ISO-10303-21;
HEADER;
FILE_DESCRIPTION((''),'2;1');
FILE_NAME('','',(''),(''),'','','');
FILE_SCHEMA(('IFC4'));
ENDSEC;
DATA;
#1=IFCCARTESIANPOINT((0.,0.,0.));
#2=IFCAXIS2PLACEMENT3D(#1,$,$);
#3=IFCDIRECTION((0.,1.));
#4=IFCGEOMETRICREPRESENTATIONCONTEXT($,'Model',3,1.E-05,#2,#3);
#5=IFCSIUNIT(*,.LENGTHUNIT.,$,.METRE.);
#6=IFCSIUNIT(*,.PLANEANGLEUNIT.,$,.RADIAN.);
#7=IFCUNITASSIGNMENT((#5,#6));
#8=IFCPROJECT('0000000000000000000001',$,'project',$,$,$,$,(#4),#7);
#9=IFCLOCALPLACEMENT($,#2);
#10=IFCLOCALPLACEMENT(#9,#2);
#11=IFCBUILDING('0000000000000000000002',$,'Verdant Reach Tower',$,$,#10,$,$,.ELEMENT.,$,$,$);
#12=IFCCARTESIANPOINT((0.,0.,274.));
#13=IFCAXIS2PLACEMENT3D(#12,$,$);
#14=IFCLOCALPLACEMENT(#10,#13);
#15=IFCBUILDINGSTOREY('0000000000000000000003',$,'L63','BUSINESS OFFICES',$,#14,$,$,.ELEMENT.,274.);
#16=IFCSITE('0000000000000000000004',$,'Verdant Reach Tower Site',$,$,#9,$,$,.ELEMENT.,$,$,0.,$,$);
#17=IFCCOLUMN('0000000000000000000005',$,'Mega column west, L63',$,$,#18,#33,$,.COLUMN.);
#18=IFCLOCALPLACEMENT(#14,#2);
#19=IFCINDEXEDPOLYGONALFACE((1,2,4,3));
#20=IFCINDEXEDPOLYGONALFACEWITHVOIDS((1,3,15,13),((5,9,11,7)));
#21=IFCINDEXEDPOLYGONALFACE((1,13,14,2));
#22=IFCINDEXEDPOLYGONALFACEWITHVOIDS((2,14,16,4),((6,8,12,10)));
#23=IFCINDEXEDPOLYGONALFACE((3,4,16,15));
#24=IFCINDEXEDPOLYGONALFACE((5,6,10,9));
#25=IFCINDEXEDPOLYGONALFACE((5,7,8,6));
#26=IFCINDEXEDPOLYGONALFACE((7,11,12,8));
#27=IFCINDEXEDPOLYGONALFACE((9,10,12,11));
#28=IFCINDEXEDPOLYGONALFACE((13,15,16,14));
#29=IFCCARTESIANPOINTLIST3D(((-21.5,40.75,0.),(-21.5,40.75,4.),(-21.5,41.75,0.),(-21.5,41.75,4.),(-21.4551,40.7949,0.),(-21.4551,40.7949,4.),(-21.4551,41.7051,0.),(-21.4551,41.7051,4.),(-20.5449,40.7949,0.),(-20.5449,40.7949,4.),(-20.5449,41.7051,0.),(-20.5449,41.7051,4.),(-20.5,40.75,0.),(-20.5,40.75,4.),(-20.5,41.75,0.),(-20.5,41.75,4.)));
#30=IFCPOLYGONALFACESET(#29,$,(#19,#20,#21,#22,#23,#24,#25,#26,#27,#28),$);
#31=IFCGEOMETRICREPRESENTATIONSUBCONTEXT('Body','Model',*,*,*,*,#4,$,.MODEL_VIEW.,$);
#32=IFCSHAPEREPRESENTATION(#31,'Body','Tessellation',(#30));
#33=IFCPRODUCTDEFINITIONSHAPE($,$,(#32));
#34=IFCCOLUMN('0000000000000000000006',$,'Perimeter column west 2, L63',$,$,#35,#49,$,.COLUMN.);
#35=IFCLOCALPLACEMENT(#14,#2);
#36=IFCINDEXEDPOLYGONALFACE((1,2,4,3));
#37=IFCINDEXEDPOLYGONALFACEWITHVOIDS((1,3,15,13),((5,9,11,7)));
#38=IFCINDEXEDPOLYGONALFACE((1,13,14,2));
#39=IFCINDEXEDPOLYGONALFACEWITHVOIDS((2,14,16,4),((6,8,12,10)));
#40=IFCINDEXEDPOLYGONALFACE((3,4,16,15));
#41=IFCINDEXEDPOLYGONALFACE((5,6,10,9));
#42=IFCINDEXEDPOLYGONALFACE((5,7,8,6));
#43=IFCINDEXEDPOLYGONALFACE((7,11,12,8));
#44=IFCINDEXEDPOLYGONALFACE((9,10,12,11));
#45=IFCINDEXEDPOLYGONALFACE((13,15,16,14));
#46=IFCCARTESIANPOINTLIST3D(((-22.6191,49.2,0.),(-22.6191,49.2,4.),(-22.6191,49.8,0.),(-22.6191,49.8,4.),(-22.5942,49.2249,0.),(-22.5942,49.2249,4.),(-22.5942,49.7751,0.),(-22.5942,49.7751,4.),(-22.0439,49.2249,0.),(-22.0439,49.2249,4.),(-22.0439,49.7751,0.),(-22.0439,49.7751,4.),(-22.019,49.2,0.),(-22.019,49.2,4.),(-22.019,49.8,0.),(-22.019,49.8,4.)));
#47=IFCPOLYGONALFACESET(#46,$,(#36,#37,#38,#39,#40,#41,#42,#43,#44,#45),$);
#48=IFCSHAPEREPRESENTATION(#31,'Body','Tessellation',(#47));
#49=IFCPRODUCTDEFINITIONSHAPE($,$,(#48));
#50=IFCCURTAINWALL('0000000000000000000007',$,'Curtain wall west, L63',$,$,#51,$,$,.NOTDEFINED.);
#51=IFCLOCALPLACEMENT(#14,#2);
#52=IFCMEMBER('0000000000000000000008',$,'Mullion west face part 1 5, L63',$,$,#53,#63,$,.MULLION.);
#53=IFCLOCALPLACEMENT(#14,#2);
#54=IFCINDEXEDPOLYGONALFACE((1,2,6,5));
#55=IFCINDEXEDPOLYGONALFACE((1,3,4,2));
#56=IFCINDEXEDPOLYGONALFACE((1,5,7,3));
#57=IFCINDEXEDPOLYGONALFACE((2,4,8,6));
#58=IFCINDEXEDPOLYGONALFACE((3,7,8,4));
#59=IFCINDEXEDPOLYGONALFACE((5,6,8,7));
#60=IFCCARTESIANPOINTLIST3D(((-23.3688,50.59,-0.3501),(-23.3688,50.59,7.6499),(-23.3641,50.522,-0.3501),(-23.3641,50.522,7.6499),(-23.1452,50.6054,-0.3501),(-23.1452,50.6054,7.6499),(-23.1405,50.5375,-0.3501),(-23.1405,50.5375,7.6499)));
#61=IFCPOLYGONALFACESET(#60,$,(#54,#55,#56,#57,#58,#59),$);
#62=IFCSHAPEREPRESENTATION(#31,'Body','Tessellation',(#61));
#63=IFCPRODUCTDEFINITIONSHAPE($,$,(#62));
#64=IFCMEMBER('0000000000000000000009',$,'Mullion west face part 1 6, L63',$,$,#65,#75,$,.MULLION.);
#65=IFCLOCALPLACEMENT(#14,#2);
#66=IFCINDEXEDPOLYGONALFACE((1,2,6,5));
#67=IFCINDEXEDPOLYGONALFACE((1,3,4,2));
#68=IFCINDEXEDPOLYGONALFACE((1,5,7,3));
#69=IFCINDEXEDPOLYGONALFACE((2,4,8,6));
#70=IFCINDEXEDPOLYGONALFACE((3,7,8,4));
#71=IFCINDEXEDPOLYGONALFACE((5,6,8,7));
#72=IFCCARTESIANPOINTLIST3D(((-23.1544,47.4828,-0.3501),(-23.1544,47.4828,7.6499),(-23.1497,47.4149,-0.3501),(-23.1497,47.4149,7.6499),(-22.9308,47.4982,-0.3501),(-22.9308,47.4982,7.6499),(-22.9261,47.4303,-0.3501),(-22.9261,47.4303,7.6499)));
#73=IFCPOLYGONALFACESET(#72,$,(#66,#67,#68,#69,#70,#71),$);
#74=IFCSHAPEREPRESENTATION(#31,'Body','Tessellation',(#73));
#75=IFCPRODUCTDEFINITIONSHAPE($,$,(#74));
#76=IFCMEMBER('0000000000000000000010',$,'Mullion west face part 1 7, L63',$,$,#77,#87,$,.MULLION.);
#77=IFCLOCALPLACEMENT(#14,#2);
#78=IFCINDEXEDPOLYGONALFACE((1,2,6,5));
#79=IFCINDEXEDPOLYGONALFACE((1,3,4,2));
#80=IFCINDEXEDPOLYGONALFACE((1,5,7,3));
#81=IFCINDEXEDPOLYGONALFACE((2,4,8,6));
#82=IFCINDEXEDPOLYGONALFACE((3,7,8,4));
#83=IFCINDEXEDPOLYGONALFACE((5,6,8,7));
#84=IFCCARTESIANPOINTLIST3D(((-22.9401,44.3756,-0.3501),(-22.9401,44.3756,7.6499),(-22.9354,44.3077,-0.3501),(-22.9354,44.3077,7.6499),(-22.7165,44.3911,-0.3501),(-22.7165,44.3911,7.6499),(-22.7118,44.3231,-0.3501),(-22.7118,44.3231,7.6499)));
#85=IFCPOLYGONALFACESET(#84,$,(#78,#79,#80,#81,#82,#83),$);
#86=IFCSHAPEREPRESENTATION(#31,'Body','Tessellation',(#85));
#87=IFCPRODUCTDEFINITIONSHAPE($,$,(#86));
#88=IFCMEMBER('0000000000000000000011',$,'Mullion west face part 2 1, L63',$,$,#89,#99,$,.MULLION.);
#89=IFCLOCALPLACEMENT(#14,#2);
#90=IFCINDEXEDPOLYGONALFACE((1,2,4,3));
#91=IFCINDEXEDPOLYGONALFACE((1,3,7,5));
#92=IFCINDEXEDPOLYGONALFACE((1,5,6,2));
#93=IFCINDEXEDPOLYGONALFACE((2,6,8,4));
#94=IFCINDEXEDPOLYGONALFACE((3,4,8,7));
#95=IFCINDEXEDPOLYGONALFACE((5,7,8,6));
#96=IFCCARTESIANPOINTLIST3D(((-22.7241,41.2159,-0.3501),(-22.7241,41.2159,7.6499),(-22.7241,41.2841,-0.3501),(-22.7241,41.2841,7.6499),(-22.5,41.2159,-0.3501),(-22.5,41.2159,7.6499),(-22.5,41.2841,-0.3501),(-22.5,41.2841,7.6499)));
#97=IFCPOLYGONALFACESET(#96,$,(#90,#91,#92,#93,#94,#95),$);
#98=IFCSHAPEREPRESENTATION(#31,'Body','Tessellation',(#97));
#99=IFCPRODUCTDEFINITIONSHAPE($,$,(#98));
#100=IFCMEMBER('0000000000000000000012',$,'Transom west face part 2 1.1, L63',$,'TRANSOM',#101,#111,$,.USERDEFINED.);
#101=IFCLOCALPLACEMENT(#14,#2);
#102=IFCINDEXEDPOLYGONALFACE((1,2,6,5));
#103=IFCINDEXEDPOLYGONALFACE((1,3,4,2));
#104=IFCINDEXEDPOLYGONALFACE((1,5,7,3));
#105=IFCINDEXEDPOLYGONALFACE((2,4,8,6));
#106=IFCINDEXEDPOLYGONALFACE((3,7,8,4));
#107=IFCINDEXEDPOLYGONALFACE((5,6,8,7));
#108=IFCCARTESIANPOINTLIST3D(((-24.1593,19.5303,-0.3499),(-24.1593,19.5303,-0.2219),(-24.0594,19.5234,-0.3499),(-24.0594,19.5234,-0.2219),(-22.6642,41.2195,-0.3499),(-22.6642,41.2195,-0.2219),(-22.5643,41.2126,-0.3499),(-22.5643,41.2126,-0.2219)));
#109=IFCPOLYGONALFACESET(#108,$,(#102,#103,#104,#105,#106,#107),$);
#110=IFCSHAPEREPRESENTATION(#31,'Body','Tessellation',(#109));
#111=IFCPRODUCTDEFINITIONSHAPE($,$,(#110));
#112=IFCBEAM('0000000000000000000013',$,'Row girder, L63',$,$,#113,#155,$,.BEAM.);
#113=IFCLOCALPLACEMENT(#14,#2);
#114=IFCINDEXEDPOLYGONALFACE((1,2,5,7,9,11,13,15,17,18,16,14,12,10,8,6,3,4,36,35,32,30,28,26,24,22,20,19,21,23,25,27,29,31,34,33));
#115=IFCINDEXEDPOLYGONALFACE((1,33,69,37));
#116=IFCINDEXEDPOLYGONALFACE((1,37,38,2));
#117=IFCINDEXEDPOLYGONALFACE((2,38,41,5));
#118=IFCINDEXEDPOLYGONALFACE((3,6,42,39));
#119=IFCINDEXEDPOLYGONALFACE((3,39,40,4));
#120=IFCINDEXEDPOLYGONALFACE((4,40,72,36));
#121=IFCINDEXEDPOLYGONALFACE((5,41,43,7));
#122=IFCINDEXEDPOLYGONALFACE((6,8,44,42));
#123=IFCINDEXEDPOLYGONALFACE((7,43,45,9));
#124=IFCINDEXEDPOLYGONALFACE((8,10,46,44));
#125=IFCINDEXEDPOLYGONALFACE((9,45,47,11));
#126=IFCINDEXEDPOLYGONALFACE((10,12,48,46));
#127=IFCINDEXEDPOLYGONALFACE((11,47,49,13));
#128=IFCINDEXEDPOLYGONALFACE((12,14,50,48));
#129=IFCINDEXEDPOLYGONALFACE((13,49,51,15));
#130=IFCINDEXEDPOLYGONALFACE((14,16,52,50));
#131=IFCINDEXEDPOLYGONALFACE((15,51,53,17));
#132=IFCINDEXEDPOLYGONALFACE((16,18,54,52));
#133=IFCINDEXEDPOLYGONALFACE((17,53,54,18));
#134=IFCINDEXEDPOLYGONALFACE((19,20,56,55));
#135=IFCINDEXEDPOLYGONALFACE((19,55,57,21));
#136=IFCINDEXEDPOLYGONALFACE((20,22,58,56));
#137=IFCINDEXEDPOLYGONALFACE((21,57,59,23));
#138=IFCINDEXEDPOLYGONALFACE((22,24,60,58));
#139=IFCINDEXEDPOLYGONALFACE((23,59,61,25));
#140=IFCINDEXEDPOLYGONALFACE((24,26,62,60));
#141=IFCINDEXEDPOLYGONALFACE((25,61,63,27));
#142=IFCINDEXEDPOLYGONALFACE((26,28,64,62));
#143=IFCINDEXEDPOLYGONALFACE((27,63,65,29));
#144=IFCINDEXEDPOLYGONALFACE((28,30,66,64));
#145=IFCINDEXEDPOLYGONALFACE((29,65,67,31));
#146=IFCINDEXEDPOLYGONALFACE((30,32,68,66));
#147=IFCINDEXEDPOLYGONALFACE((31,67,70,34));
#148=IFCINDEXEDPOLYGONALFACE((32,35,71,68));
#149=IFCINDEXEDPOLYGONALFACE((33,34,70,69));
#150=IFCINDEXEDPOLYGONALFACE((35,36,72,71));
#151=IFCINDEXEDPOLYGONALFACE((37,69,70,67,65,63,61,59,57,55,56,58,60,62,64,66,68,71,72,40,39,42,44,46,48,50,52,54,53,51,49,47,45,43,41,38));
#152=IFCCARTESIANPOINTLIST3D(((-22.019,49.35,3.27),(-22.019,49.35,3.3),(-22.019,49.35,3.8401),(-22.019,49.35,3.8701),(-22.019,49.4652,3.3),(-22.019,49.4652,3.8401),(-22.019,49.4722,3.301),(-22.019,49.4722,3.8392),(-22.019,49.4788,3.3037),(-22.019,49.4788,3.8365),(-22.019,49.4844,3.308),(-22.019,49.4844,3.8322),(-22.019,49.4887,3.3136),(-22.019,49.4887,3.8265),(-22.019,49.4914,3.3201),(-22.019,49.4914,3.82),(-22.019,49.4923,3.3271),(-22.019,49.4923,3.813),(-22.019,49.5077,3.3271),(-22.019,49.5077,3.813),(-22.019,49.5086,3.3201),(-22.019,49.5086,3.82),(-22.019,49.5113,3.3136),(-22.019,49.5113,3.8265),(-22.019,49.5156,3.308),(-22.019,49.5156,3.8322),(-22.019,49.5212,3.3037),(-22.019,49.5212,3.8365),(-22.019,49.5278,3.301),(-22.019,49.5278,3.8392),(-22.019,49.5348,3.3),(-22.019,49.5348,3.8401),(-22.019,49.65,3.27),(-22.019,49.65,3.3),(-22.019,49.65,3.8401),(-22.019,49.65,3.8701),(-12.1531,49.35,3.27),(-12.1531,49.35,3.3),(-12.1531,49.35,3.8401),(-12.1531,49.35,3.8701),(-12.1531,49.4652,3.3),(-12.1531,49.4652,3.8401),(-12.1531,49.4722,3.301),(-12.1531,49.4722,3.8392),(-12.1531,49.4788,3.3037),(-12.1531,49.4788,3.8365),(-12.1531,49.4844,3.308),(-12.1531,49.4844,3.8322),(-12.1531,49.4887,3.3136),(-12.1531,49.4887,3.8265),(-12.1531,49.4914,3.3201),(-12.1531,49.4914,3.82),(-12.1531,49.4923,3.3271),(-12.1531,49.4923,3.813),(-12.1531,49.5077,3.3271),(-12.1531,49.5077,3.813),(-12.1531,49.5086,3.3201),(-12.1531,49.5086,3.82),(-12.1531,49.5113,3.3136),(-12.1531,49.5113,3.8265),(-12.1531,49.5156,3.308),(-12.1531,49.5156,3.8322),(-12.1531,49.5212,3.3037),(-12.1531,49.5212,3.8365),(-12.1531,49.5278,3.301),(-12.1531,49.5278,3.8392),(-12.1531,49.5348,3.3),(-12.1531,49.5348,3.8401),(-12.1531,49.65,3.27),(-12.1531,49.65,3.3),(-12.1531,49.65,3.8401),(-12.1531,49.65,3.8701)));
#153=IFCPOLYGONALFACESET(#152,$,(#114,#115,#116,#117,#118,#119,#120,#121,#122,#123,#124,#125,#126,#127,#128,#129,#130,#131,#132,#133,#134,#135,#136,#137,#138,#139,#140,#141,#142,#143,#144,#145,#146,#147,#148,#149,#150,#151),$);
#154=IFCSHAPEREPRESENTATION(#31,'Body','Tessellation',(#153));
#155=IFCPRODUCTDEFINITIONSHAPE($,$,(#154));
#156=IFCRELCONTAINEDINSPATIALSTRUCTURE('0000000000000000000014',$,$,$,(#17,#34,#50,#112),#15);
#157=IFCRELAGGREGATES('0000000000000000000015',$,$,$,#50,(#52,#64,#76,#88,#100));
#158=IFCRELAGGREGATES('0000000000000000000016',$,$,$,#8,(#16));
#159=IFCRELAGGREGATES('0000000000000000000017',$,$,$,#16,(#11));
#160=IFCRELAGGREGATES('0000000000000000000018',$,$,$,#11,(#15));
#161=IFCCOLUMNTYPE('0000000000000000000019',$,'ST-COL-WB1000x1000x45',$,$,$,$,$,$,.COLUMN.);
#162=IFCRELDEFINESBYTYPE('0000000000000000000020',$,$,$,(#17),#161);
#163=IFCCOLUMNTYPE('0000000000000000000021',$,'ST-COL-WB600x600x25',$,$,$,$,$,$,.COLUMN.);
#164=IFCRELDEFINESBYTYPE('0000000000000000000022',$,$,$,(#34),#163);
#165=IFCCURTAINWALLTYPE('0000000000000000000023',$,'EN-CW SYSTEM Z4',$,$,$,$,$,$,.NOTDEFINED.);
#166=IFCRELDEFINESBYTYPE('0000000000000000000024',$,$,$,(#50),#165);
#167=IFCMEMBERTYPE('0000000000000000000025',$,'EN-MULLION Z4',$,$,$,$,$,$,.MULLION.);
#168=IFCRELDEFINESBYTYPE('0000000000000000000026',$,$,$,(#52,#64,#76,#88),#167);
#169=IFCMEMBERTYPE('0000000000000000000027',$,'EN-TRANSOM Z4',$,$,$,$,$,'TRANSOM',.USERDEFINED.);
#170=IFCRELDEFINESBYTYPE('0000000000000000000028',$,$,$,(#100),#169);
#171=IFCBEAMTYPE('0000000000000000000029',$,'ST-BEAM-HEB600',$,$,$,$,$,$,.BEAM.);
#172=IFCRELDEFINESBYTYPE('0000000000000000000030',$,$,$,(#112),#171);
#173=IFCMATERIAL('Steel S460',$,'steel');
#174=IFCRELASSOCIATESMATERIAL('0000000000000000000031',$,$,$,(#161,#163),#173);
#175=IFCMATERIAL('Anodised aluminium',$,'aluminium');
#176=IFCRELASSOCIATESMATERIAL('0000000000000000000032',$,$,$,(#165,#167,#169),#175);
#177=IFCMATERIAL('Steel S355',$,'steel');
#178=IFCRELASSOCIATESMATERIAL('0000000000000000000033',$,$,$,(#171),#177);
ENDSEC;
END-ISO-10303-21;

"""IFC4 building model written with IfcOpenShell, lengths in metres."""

from ifc_helpers import new_model, si_unit, direction, frame, origin, origin_2d, place, context, subcontext, project, spatial, rectangle, hollow_rectangle, i_section, extrude, material, material_profile, profile_set, type_object, element, aggregate, save


model = new_model("IFC4")

# Units and contexts
model_context = context("Model", 3, precision=1e-05, world=origin(), true_north=direction((0.0, 1.0)))
body_context = subcontext(model_context, "Body", "Model", "MODEL_VIEW")
ifc_project = project(units=[si_unit("LENGTHUNIT", "METRE"), si_unit("PLANEANGLEUNIT", "RADIAN")], contexts=[model_context])

# Site, building, storey
site_placement = place(None, origin())
site = spatial("IfcSite", under=ifc_project, at=site_placement, Name="Verdant Reach Tower Site", CompositionType="ELEMENT", RefElevation=0.0)
building_placement = place(site_placement, origin())
building = spatial("IfcBuilding", under=site, at=building_placement, Name="Verdant Reach Tower", CompositionType="ELEMENT")
storey_placement = place(building_placement, frame((0.0, 0.0, 274.0)))
storey = spatial("IfcBuildingStorey", under=building, at=storey_placement, Name="L63", Description="BUSINESS OFFICES", CompositionType="ELEMENT", Elevation=274.0)

# Columns
ifc_material_1 = material(Name="Steel S460", Category="steel")
ifc_material_profile_1 = material_profile(ifc_material_1, hollow_rectangle(XDim=1.0, YDim=1.0, WallThickness=0.0449, at=origin_2d()), Name="WB 1000x1000x45")
ifc_profile_set_1 = profile_set([ifc_material_profile_1], Name="Steel S460")
column_type_1 = type_object("IfcColumnType", Name="ST-COL-WB1000x1000x45", PredefinedType="COLUMN", material=ifc_profile_set_1)
column_1_placement = place(storey_placement, frame((-21.0, 41.25, 0.0), z_axis=(0.0, 0.0, 1.0), x_axis=(1.0, 0.0, 0.0)))
element("IfcColumn", 1, at=column_1_placement, inside=storey, type_object=column_type_1, Name="Mega column west, L63", PredefinedType="COLUMN", context=body_context, shape_type="SweptSolid", body=[
    extrude(hollow_rectangle(XDim=1.0, YDim=1.0, WallThickness=0.0449, at=origin_2d()), origin(), (0.0, 0.0, 1.0), 4.0),
])
ifc_material_profile_2 = material_profile(ifc_material_1, hollow_rectangle(XDim=0.6001, YDim=0.6001, WallThickness=0.0249, at=origin_2d()), Name="WB 600x600x25")
ifc_profile_set_2 = profile_set([ifc_material_profile_2], Name="Steel S460")
column_type_2 = type_object("IfcColumnType", Name="ST-COL-WB600x600x25", PredefinedType="COLUMN", material=ifc_profile_set_2)
column_2_placement = place(storey_placement, frame((-22.3191, 49.5, 0.0), z_axis=(0.0, 0.0, 1.0), x_axis=(1.0, 0.0, 0.0)))
element("IfcColumn", 2, at=column_2_placement, inside=storey, type_object=column_type_2, Name="Perimeter column west 2, L63", PredefinedType="COLUMN", context=body_context, shape_type="SweptSolid", body=[
    extrude(hollow_rectangle(XDim=0.6001, YDim=0.6001, WallThickness=0.0249, at=origin_2d()), origin(), (0.0, 0.0, 1.0), 4.0),
])

# Curtain wall, members
ifc_material_2 = material(Name="Anodised aluminium", Category="aluminium")
curtain_wall_type = type_object("IfcCurtainWallType", Name="EN-CW SYSTEM Z4", PredefinedType="NOTDEFINED", material=ifc_material_2)
curtain_wall_placement = place(storey_placement, origin())
curtain_wall = element("IfcCurtainWall", 3, at=curtain_wall_placement, inside=storey, type_object=curtain_wall_type, Name="Curtain wall west, L63", PredefinedType="NOTDEFINED")
ifc_material_profile_3 = material_profile(ifc_material_2, rectangle(XDim=0.2241, YDim=0.0681, at=origin_2d()), Name="Mullion 68x224")
ifc_profile_set_3 = profile_set([ifc_material_profile_3], Name="Anodised aluminium")
member_type_1 = type_object("IfcMemberType", Name="EN-MULLION Z4", PredefinedType="MULLION", material=ifc_profile_set_3)
member_1_placement = place(storey_placement, frame((-23.2546, 50.5637, -0.3501), z_axis=(0.0, 0.0, 1.0), x_axis=(-0.99763, -0.068802, 0.0)))
member_1 = element("IfcMember", 4, at=member_1_placement, type_object=member_type_1, Name="Mullion west face part 1 5, L63", PredefinedType="MULLION", context=body_context, shape_type="SweptSolid", body=[
    extrude(rectangle(XDim=0.2241, YDim=0.0681, at=origin_2d()), origin(), (0.0, 0.0, 1.0), 8.0),
])
member_2_placement = place(storey_placement, frame((-23.0403, 47.4565, -0.3501), z_axis=(0.0, 0.0, 1.0), x_axis=(-0.99763, -0.068802, 0.0)))
member_2 = element("IfcMember", 5, at=member_2_placement, type_object=member_type_1, Name="Mullion west face part 1 6, L63", PredefinedType="MULLION", context=body_context, shape_type="SweptSolid", body=[
    extrude(rectangle(XDim=0.2241, YDim=0.0681, at=origin_2d()), origin(), (0.0, 0.0, 1.0), 8.0),
])
member_3_placement = place(storey_placement, frame((-22.8259, 44.3494, -0.3501), z_axis=(0.0, 0.0, 1.0), x_axis=(-0.99763, -0.068802, 0.0)))
member_3 = element("IfcMember", 6, at=member_3_placement, type_object=member_type_1, Name="Mullion west face part 1 7, L63", PredefinedType="MULLION", context=body_context, shape_type="SweptSolid", body=[
    extrude(rectangle(XDim=0.2241, YDim=0.0681, at=origin_2d()), origin(), (0.0, 0.0, 1.0), 8.0),
])
member_4_placement = place(storey_placement, frame((-22.6121, 41.25, -0.3501), z_axis=(0.0, 0.0, 1.0), x_axis=(-1.0, 0.0, 0.0)))
member_4 = element("IfcMember", 7, at=member_4_placement, type_object=member_type_1, Name="Mullion west face part 2 1, L63", PredefinedType="MULLION", context=body_context, shape_type="SweptSolid", body=[
    extrude(rectangle(XDim=0.2241, YDim=0.0681, at=origin_2d()), origin(), (0.0, 0.0, 1.0), 8.0),
])
ifc_material_profile_4 = material_profile(ifc_material_2, rectangle(XDim=0.1001, YDim=0.1279, at=origin_2d()), Name="Transom 128x100")
ifc_profile_set_4 = profile_set([ifc_material_profile_4], Name="Anodised aluminium")
member_type_2 = type_object("IfcMemberType", Name="EN-TRANSOM Z4", ElementType="TRANSOM", PredefinedType="USERDEFINED", material=ifc_profile_set_4)
member_5_placement = place(storey_placement, frame((-22.6143, 41.2161, -0.2859), z_axis=(-0.06877, -0.997633, 0.0), x_axis=(0.997633, -0.06877, 0.0)))
member_5 = element("IfcMember", 8, at=member_5_placement, type_object=member_type_2, Name="Transom west face part 2 1.1, L63", ObjectType="TRANSOM", PredefinedType="USERDEFINED", context=body_context, shape_type="SweptSolid", body=[
    extrude(rectangle(XDim=0.1001, YDim=0.1279, at=origin_2d()), origin(), (0.0, 0.0, 1.0), 21.7407),
])

# Beam
ifc_material_3 = material(Name="Steel S355", Category="steel")
ifc_material_profile_5 = material_profile(ifc_material_3, i_section(OverallWidth=0.3, OverallDepth=0.6001, WebThickness=0.0154, FlangeThickness=0.03, FilletRadius=0.0271, at=origin_2d()), Name="HEB 600")
ifc_profile_set_5 = profile_set([ifc_material_profile_5], Name="Steel S355")
beam_type_1 = type_object("IfcBeamType", Name="ST-BEAM-HEB600", PredefinedType="BEAM", material=ifc_profile_set_5)
beam_1_placement = place(storey_placement, frame((-22.019, 49.5, 3.5701), z_axis=(1.0, 0.0, 0.0), x_axis=(0.0, 1.0, 0.0)))
element("IfcBeam", 9, at=beam_1_placement, inside=storey, type_object=beam_type_1, Name="Row girder, L63", PredefinedType="BEAM", context=body_context, shape_type="SweptSolid", body=[
    extrude(i_section(OverallWidth=0.3, OverallDepth=0.6001, WebThickness=0.0154, FlangeThickness=0.03, FilletRadius=0.0271, at=origin_2d()), origin(), (0.0, 0.0, 1.0), 9.866),
])

aggregate(curtain_wall, [member_1, member_2, member_3, member_4, member_5])

save(model, "model.ifc")
